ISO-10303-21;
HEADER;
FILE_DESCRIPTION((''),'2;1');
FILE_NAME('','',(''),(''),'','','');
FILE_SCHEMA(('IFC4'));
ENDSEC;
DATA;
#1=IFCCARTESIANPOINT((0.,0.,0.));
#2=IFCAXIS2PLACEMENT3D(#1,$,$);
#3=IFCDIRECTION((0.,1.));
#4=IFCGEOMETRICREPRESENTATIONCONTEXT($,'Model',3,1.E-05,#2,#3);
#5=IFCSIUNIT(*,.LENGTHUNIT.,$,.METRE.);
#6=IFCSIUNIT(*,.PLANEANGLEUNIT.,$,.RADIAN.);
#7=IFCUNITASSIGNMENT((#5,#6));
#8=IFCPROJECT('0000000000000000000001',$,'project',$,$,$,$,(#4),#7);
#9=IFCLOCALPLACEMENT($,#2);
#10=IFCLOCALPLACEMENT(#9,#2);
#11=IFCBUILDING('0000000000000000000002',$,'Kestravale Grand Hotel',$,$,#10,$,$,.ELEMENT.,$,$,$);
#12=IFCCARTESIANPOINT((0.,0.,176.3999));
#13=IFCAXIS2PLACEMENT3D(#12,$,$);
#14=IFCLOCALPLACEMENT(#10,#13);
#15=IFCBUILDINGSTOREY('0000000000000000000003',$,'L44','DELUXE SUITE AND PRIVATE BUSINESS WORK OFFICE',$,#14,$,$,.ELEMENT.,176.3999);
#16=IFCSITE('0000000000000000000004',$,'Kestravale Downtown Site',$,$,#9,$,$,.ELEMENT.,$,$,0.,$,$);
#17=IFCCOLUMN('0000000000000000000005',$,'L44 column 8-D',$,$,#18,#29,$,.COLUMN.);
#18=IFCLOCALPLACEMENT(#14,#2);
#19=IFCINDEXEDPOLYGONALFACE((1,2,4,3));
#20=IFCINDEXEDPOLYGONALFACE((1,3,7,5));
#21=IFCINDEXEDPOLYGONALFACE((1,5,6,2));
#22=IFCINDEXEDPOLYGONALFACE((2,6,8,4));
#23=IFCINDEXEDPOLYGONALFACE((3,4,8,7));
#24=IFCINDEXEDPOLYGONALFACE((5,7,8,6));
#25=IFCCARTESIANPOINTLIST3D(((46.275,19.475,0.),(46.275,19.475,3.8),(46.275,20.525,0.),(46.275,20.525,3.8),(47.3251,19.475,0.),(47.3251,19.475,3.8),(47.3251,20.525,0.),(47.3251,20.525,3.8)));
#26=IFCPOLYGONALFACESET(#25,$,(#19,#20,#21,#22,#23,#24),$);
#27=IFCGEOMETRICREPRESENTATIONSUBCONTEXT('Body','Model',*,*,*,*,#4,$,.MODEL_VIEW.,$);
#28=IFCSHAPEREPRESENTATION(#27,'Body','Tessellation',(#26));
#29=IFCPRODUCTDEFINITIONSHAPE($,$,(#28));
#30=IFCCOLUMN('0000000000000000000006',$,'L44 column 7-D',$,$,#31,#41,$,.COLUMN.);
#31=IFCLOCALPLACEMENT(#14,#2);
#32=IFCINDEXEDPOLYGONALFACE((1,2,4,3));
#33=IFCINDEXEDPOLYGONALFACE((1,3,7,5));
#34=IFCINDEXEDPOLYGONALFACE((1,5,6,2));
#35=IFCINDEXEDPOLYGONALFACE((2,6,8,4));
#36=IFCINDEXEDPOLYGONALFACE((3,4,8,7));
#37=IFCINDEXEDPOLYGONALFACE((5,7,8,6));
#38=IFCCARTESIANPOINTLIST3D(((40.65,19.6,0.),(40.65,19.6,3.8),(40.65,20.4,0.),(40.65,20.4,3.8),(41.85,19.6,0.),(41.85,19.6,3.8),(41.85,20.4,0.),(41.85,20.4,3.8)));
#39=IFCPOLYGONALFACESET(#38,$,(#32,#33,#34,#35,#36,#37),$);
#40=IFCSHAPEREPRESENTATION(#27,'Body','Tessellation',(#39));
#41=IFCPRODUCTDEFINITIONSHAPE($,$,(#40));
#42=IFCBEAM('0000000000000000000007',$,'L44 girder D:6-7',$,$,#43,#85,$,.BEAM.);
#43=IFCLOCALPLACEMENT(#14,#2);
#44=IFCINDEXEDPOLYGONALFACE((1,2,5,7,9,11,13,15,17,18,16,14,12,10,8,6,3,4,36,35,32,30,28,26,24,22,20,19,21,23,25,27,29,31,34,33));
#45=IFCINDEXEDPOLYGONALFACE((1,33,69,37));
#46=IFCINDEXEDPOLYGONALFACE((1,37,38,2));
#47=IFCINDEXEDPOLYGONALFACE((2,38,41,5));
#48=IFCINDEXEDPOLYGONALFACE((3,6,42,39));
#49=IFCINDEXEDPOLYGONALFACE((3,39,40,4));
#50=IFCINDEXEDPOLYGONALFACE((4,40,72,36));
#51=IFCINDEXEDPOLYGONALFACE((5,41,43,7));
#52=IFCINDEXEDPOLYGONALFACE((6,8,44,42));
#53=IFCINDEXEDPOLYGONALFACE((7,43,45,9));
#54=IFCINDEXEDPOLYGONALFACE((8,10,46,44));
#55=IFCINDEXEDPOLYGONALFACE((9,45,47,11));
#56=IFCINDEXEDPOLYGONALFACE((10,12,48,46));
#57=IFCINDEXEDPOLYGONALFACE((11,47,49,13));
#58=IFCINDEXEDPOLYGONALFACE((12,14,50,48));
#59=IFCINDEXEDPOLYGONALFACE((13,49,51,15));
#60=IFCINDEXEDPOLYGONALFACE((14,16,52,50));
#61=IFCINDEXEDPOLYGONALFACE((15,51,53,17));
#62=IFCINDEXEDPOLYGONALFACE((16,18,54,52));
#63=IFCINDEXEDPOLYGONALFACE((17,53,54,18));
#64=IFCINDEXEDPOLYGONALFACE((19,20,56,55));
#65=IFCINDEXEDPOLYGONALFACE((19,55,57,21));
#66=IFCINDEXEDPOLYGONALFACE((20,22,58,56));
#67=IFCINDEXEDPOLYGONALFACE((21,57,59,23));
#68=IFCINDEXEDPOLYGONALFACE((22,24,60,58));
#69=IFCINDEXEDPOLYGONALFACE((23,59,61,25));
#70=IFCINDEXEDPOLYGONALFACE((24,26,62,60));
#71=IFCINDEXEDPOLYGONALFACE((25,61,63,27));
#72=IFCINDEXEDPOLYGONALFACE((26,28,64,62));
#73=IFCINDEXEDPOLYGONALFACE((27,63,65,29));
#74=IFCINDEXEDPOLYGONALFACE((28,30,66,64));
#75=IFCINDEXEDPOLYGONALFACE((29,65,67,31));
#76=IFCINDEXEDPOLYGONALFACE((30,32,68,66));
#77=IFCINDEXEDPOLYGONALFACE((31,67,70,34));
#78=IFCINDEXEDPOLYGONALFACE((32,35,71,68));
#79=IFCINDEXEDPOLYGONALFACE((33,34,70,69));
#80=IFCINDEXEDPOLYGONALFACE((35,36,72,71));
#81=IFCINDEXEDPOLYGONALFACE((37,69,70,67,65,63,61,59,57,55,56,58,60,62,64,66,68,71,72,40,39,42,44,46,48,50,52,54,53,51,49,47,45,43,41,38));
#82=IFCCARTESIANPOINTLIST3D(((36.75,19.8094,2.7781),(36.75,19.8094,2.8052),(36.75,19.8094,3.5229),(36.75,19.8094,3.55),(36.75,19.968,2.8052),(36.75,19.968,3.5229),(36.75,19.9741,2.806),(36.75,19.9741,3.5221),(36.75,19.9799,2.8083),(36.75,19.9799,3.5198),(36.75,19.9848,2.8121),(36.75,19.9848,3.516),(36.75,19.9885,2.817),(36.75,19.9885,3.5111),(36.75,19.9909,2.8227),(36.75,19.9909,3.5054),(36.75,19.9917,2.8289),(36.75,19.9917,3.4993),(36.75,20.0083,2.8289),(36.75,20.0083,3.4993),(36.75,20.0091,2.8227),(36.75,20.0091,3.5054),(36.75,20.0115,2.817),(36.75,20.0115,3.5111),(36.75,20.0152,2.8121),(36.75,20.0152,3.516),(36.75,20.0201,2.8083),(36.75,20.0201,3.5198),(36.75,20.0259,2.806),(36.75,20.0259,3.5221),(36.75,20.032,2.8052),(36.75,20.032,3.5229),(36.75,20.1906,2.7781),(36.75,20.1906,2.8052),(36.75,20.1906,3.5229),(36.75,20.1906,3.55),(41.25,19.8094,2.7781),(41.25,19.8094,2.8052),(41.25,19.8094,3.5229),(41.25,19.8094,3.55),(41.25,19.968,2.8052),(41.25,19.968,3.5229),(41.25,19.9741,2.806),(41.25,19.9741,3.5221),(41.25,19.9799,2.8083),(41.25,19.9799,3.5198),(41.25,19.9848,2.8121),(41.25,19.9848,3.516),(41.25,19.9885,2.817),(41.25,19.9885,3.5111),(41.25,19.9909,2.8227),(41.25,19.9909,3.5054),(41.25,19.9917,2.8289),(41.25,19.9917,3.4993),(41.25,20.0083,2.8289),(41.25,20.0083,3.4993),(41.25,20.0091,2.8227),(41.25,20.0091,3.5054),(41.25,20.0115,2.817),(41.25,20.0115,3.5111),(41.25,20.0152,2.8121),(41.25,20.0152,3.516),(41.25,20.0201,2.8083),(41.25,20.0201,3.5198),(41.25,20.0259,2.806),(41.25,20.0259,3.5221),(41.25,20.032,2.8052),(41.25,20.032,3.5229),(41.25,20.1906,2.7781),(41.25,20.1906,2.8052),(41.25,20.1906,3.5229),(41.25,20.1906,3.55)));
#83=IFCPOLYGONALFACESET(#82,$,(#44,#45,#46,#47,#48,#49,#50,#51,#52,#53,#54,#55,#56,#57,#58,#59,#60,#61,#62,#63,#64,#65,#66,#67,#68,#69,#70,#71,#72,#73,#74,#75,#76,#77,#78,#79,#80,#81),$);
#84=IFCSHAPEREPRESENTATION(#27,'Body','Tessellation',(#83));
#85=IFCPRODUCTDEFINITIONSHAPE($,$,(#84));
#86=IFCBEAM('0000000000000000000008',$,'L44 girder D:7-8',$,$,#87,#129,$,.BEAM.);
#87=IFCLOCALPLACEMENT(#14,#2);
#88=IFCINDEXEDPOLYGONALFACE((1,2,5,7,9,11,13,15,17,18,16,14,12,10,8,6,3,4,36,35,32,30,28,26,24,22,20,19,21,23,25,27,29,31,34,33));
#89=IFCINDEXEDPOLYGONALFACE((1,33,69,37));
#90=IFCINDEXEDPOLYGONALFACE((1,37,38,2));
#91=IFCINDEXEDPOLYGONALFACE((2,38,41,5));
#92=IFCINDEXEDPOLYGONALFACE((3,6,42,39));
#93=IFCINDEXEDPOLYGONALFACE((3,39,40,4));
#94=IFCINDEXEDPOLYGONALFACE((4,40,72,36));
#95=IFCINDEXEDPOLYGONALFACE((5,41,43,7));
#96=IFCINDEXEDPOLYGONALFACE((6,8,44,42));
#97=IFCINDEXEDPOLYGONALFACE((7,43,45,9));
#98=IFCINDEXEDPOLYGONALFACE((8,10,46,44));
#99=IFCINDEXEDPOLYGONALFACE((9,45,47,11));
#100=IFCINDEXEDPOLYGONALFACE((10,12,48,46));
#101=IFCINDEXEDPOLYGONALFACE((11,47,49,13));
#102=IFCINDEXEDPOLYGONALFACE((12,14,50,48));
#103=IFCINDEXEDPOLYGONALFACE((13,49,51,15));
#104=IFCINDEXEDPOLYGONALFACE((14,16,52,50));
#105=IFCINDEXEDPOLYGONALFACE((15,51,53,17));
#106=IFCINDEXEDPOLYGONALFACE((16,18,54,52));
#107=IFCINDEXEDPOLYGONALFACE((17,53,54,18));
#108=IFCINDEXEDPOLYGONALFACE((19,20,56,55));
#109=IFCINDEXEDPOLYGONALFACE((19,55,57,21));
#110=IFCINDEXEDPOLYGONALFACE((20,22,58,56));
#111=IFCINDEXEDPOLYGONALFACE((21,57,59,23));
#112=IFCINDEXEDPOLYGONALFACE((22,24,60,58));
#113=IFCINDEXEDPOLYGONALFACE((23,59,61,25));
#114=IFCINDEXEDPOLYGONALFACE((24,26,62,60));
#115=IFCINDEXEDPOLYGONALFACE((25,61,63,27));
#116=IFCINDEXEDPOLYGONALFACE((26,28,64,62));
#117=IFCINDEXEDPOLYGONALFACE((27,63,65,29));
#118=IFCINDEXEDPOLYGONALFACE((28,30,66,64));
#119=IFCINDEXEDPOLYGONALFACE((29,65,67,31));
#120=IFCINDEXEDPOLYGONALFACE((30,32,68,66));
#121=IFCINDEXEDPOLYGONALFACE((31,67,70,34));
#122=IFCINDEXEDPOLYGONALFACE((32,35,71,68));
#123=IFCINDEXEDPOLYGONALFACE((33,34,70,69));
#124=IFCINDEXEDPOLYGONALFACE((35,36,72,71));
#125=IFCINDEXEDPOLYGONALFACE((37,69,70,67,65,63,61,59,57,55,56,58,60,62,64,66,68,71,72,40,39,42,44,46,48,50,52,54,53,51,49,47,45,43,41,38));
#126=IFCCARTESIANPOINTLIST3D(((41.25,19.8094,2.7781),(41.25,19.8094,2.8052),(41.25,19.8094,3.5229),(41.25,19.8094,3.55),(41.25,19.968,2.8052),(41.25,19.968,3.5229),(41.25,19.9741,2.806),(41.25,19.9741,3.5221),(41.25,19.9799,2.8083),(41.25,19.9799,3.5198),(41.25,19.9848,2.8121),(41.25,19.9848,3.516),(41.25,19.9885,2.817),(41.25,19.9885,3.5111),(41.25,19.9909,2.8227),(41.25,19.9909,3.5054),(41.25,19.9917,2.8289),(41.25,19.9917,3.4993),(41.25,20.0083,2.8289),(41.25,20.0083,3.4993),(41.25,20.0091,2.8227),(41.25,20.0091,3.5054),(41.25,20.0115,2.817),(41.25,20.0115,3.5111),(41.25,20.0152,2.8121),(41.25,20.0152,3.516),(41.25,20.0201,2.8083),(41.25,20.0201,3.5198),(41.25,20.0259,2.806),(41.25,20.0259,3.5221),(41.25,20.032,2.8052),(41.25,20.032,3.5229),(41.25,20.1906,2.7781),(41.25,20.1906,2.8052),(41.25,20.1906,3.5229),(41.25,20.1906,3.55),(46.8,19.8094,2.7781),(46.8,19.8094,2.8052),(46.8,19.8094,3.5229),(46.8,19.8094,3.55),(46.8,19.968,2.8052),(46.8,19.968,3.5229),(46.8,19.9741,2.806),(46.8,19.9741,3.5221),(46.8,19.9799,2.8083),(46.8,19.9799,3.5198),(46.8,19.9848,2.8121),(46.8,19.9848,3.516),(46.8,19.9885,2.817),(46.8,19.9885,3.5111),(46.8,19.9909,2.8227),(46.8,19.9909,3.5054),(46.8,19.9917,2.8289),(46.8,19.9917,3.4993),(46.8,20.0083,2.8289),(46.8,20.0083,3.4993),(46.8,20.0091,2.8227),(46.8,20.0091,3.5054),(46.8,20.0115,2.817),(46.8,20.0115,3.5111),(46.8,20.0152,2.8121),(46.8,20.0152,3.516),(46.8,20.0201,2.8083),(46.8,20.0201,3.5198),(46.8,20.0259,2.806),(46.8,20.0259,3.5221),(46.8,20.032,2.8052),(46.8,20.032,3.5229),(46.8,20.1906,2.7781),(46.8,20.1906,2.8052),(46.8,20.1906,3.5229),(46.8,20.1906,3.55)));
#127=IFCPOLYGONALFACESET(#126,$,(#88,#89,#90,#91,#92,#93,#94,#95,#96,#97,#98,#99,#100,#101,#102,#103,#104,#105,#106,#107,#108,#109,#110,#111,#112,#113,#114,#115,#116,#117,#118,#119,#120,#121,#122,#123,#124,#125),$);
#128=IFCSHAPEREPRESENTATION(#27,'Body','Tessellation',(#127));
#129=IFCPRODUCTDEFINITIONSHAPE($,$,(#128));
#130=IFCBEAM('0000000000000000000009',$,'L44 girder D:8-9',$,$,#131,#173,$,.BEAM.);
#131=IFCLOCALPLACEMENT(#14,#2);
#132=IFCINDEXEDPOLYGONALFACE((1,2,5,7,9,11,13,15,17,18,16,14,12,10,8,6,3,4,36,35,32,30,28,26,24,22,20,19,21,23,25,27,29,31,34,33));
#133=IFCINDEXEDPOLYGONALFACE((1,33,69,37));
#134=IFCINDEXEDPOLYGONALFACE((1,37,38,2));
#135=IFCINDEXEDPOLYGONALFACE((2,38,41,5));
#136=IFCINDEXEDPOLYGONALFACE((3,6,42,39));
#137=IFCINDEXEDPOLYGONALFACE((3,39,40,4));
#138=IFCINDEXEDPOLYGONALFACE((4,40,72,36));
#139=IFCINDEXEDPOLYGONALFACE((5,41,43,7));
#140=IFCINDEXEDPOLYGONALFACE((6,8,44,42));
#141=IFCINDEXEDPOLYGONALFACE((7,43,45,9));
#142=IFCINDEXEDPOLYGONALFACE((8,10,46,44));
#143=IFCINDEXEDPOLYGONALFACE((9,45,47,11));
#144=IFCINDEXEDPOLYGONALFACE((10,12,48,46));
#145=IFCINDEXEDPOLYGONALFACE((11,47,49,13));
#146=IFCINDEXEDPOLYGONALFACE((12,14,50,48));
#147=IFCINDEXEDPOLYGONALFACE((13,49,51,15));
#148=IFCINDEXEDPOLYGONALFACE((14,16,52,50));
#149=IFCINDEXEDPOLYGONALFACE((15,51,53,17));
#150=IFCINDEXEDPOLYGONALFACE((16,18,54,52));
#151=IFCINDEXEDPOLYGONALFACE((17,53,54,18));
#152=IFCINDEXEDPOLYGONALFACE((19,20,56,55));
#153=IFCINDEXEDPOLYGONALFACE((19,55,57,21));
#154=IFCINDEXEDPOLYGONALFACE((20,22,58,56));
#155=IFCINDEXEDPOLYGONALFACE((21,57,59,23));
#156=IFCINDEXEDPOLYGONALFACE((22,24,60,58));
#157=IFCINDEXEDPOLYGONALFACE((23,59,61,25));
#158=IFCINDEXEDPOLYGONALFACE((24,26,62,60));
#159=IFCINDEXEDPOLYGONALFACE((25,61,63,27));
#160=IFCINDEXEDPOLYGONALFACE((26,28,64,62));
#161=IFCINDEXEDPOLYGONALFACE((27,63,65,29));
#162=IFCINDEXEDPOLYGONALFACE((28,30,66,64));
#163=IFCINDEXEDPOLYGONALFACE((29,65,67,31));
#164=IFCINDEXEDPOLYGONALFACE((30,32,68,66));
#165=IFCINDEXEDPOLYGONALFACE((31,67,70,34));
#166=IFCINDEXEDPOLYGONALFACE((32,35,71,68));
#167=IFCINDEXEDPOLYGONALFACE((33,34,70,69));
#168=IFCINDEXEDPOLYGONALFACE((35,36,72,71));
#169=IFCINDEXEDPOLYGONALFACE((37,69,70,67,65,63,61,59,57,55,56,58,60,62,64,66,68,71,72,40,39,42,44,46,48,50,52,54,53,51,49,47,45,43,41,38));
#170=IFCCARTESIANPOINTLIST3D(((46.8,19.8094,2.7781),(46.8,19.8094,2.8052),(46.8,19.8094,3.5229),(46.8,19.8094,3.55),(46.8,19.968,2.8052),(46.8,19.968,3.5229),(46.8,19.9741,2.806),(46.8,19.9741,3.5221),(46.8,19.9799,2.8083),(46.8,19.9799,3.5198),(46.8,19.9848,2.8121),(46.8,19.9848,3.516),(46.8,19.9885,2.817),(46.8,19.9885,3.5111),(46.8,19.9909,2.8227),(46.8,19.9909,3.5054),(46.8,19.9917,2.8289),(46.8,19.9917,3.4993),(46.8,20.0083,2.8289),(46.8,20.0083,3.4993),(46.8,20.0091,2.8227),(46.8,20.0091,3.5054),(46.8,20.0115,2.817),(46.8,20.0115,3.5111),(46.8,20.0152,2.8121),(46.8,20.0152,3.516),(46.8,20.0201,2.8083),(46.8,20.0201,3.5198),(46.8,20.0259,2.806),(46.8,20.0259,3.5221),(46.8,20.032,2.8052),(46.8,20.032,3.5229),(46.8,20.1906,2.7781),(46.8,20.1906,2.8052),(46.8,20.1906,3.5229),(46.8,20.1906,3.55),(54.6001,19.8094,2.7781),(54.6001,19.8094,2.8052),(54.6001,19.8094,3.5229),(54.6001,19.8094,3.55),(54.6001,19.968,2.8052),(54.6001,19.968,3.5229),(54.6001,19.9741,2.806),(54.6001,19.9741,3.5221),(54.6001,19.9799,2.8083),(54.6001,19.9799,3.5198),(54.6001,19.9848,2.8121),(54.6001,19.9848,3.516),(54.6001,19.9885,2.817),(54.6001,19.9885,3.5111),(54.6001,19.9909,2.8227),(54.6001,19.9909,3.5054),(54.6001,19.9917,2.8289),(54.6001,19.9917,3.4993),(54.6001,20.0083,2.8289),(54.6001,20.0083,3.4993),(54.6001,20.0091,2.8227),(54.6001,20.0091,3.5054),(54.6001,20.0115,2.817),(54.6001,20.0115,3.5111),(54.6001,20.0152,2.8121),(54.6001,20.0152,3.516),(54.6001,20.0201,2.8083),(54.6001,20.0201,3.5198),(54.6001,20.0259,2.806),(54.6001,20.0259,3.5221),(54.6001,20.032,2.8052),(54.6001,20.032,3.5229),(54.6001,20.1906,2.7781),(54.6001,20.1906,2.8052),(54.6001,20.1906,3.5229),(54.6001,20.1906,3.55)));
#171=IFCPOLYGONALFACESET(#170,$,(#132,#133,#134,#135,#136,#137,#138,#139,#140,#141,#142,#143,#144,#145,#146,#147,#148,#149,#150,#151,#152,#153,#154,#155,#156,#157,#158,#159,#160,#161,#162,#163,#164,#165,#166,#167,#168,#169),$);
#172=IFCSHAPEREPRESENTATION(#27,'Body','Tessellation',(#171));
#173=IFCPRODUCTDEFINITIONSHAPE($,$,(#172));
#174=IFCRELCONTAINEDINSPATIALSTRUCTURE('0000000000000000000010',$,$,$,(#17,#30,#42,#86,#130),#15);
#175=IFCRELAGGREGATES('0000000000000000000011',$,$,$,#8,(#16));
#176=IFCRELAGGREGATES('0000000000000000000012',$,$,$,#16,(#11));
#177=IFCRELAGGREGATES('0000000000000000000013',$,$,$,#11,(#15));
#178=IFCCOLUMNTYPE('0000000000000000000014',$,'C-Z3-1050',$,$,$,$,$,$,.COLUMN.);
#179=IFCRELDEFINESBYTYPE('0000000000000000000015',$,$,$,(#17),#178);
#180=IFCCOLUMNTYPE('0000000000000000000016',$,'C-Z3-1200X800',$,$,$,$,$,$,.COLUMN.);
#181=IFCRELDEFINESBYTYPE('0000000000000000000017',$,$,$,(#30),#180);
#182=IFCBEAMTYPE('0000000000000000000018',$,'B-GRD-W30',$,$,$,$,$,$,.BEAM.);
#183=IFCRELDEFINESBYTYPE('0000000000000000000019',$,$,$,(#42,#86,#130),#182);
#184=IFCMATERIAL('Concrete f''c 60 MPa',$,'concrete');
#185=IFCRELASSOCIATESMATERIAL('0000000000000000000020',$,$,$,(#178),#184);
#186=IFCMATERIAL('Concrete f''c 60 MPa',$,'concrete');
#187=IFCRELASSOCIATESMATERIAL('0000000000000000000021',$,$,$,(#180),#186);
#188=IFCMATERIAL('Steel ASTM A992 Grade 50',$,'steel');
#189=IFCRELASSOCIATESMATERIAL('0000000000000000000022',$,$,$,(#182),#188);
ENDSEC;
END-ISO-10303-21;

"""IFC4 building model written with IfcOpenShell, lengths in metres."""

from ifc_helpers import new_model, si_unit, direction, frame, origin, origin_2d, place, context, subcontext, project, spatial, rectangle, i_section, extrude, material, material_profile, profile_set, type_object, element, save


model = new_model("IFC4")

# Units and contexts
model_context = context("Model", 3, precision=1e-05, world=origin(), true_north=direction((0.0, 1.0)))
body_context = subcontext(model_context, "Body", "Model", "MODEL_VIEW")
ifc_project = project(units=[si_unit("LENGTHUNIT", "METRE"), si_unit("PLANEANGLEUNIT", "RADIAN")], contexts=[model_context])

# Site, building, storey
site_placement = place(None, origin())
site = spatial("IfcSite", under=ifc_project, at=site_placement, Name="Kestravale Downtown Site", CompositionType="ELEMENT", RefElevation=0.0)
building_placement = place(site_placement, origin())
building = spatial("IfcBuilding", under=site, at=building_placement, Name="Kestravale Grand Hotel", CompositionType="ELEMENT")
storey_placement = place(building_placement, frame((0.0, 0.0, 176.3999)))
storey = spatial("IfcBuildingStorey", under=building, at=storey_placement, Name="L44", Description="DELUXE SUITE AND PRIVATE BUSINESS WORK OFFICE", CompositionType="ELEMENT", Elevation=176.3999)

# Columns
ifc_material_1 = material(Name="Concrete f'c 60 MPa", Category="concrete")
ifc_material_profile_1 = material_profile(ifc_material_1, rectangle(XDim=1.05, YDim=1.05, at=origin_2d()))
ifc_profile_set_1 = profile_set([ifc_material_profile_1], Name="Concrete f'c 60 MPa")
column_type_1 = type_object("IfcColumnType", Name="C-Z3-1050", PredefinedType="COLUMN", material=ifc_profile_set_1)
column_1_placement = place(storey_placement, frame((46.8, 20.0, 0.0), z_axis=(0.0, 0.0, 1.0), x_axis=(1.0, 0.0, 0.0)))
element("IfcColumn", 1, at=column_1_placement, inside=storey, type_object=column_type_1, Name="L44 column 8-D", PredefinedType="COLUMN", context=body_context, shape_type="SweptSolid", body=[
    extrude(rectangle(XDim=1.05, YDim=1.05, at=origin_2d()), origin(), (0.0, 0.0, 1.0), 3.8),
])
ifc_material_2 = material(Name="Concrete f'c 60 MPa", Category="concrete")
ifc_material_profile_2 = material_profile(ifc_material_2, rectangle(XDim=1.2, YDim=0.8, at=origin_2d()))
ifc_profile_set_2 = profile_set([ifc_material_profile_2], Name="Concrete f'c 60 MPa")
column_type_2 = type_object("IfcColumnType", Name="C-Z3-1200X800", PredefinedType="COLUMN", material=ifc_profile_set_2)
column_2_placement = place(storey_placement, frame((41.25, 20.0, 0.0), z_axis=(0.0, 0.0, 1.0), x_axis=(1.0, 0.0, 0.0)))
element("IfcColumn", 2, at=column_2_placement, inside=storey, type_object=column_type_2, Name="L44 column 7-D", PredefinedType="COLUMN", context=body_context, shape_type="SweptSolid", body=[
    extrude(rectangle(XDim=1.2, YDim=0.8, at=origin_2d()), origin(), (0.0, 0.0, 1.0), 3.8),
])

# Beams
ifc_material_3 = material(Name="Steel ASTM A992 Grade 50", Category="steel")
ifc_material_profile_3 = material_profile(ifc_material_3, i_section(OverallWidth=0.3811, OverallDepth=0.772, WebThickness=0.0166, FlangeThickness=0.0271, FilletRadius=0.0237, at=origin_2d()))
ifc_profile_set_3 = profile_set([ifc_material_profile_3], Name="Steel ASTM A992 Grade 50")
beam_type = type_object("IfcBeamType", Name="B-GRD-W30", PredefinedType="BEAM", material=ifc_profile_set_3)
beam_1_placement = place(storey_placement, frame((36.75, 20.0, 3.1641), z_axis=(1.0, 0.0, 0.0), x_axis=(0.0, 1.0, 0.0)))
element("IfcBeam", 3, at=beam_1_placement, inside=storey, type_object=beam_type, Name="L44 girder D:6-7", PredefinedType="BEAM", context=body_context, shape_type="SweptSolid", body=[
    extrude(i_section(OverallWidth=0.3811, OverallDepth=0.772, WebThickness=0.0166, FlangeThickness=0.0271, FilletRadius=0.0237, at=origin_2d()), origin(), (0.0, 0.0, 1.0), 4.5),
])
beam_2_placement = place(storey_placement, frame((41.25, 20.0, 3.1641), z_axis=(1.0, 0.0, 0.0), x_axis=(0.0, 1.0, 0.0)))
element("IfcBeam", 4, at=beam_2_placement, inside=storey, type_object=beam_type, Name="L44 girder D:7-8", PredefinedType="BEAM", context=body_context, shape_type="SweptSolid", body=[
    extrude(i_section(OverallWidth=0.3811, OverallDepth=0.772, WebThickness=0.0166, FlangeThickness=0.0271, FilletRadius=0.0237, at=origin_2d()), origin(), (0.0, 0.0, 1.0), 5.55),
])
beam_3_placement = place(storey_placement, frame((46.8, 20.0, 3.1641), z_axis=(1.0, 0.0, 0.0), x_axis=(0.0, 1.0, 0.0)))
element("IfcBeam", 5, at=beam_3_placement, inside=storey, type_object=beam_type, Name="L44 girder D:8-9", PredefinedType="BEAM", context=body_context, shape_type="SweptSolid", body=[
    extrude(i_section(OverallWidth=0.3811, OverallDepth=0.772, WebThickness=0.0166, FlangeThickness=0.0271, FilletRadius=0.0237, at=origin_2d()), origin(), (0.0, 0.0, 1.0), 7.8),
])

save(model, "model.ifc")
